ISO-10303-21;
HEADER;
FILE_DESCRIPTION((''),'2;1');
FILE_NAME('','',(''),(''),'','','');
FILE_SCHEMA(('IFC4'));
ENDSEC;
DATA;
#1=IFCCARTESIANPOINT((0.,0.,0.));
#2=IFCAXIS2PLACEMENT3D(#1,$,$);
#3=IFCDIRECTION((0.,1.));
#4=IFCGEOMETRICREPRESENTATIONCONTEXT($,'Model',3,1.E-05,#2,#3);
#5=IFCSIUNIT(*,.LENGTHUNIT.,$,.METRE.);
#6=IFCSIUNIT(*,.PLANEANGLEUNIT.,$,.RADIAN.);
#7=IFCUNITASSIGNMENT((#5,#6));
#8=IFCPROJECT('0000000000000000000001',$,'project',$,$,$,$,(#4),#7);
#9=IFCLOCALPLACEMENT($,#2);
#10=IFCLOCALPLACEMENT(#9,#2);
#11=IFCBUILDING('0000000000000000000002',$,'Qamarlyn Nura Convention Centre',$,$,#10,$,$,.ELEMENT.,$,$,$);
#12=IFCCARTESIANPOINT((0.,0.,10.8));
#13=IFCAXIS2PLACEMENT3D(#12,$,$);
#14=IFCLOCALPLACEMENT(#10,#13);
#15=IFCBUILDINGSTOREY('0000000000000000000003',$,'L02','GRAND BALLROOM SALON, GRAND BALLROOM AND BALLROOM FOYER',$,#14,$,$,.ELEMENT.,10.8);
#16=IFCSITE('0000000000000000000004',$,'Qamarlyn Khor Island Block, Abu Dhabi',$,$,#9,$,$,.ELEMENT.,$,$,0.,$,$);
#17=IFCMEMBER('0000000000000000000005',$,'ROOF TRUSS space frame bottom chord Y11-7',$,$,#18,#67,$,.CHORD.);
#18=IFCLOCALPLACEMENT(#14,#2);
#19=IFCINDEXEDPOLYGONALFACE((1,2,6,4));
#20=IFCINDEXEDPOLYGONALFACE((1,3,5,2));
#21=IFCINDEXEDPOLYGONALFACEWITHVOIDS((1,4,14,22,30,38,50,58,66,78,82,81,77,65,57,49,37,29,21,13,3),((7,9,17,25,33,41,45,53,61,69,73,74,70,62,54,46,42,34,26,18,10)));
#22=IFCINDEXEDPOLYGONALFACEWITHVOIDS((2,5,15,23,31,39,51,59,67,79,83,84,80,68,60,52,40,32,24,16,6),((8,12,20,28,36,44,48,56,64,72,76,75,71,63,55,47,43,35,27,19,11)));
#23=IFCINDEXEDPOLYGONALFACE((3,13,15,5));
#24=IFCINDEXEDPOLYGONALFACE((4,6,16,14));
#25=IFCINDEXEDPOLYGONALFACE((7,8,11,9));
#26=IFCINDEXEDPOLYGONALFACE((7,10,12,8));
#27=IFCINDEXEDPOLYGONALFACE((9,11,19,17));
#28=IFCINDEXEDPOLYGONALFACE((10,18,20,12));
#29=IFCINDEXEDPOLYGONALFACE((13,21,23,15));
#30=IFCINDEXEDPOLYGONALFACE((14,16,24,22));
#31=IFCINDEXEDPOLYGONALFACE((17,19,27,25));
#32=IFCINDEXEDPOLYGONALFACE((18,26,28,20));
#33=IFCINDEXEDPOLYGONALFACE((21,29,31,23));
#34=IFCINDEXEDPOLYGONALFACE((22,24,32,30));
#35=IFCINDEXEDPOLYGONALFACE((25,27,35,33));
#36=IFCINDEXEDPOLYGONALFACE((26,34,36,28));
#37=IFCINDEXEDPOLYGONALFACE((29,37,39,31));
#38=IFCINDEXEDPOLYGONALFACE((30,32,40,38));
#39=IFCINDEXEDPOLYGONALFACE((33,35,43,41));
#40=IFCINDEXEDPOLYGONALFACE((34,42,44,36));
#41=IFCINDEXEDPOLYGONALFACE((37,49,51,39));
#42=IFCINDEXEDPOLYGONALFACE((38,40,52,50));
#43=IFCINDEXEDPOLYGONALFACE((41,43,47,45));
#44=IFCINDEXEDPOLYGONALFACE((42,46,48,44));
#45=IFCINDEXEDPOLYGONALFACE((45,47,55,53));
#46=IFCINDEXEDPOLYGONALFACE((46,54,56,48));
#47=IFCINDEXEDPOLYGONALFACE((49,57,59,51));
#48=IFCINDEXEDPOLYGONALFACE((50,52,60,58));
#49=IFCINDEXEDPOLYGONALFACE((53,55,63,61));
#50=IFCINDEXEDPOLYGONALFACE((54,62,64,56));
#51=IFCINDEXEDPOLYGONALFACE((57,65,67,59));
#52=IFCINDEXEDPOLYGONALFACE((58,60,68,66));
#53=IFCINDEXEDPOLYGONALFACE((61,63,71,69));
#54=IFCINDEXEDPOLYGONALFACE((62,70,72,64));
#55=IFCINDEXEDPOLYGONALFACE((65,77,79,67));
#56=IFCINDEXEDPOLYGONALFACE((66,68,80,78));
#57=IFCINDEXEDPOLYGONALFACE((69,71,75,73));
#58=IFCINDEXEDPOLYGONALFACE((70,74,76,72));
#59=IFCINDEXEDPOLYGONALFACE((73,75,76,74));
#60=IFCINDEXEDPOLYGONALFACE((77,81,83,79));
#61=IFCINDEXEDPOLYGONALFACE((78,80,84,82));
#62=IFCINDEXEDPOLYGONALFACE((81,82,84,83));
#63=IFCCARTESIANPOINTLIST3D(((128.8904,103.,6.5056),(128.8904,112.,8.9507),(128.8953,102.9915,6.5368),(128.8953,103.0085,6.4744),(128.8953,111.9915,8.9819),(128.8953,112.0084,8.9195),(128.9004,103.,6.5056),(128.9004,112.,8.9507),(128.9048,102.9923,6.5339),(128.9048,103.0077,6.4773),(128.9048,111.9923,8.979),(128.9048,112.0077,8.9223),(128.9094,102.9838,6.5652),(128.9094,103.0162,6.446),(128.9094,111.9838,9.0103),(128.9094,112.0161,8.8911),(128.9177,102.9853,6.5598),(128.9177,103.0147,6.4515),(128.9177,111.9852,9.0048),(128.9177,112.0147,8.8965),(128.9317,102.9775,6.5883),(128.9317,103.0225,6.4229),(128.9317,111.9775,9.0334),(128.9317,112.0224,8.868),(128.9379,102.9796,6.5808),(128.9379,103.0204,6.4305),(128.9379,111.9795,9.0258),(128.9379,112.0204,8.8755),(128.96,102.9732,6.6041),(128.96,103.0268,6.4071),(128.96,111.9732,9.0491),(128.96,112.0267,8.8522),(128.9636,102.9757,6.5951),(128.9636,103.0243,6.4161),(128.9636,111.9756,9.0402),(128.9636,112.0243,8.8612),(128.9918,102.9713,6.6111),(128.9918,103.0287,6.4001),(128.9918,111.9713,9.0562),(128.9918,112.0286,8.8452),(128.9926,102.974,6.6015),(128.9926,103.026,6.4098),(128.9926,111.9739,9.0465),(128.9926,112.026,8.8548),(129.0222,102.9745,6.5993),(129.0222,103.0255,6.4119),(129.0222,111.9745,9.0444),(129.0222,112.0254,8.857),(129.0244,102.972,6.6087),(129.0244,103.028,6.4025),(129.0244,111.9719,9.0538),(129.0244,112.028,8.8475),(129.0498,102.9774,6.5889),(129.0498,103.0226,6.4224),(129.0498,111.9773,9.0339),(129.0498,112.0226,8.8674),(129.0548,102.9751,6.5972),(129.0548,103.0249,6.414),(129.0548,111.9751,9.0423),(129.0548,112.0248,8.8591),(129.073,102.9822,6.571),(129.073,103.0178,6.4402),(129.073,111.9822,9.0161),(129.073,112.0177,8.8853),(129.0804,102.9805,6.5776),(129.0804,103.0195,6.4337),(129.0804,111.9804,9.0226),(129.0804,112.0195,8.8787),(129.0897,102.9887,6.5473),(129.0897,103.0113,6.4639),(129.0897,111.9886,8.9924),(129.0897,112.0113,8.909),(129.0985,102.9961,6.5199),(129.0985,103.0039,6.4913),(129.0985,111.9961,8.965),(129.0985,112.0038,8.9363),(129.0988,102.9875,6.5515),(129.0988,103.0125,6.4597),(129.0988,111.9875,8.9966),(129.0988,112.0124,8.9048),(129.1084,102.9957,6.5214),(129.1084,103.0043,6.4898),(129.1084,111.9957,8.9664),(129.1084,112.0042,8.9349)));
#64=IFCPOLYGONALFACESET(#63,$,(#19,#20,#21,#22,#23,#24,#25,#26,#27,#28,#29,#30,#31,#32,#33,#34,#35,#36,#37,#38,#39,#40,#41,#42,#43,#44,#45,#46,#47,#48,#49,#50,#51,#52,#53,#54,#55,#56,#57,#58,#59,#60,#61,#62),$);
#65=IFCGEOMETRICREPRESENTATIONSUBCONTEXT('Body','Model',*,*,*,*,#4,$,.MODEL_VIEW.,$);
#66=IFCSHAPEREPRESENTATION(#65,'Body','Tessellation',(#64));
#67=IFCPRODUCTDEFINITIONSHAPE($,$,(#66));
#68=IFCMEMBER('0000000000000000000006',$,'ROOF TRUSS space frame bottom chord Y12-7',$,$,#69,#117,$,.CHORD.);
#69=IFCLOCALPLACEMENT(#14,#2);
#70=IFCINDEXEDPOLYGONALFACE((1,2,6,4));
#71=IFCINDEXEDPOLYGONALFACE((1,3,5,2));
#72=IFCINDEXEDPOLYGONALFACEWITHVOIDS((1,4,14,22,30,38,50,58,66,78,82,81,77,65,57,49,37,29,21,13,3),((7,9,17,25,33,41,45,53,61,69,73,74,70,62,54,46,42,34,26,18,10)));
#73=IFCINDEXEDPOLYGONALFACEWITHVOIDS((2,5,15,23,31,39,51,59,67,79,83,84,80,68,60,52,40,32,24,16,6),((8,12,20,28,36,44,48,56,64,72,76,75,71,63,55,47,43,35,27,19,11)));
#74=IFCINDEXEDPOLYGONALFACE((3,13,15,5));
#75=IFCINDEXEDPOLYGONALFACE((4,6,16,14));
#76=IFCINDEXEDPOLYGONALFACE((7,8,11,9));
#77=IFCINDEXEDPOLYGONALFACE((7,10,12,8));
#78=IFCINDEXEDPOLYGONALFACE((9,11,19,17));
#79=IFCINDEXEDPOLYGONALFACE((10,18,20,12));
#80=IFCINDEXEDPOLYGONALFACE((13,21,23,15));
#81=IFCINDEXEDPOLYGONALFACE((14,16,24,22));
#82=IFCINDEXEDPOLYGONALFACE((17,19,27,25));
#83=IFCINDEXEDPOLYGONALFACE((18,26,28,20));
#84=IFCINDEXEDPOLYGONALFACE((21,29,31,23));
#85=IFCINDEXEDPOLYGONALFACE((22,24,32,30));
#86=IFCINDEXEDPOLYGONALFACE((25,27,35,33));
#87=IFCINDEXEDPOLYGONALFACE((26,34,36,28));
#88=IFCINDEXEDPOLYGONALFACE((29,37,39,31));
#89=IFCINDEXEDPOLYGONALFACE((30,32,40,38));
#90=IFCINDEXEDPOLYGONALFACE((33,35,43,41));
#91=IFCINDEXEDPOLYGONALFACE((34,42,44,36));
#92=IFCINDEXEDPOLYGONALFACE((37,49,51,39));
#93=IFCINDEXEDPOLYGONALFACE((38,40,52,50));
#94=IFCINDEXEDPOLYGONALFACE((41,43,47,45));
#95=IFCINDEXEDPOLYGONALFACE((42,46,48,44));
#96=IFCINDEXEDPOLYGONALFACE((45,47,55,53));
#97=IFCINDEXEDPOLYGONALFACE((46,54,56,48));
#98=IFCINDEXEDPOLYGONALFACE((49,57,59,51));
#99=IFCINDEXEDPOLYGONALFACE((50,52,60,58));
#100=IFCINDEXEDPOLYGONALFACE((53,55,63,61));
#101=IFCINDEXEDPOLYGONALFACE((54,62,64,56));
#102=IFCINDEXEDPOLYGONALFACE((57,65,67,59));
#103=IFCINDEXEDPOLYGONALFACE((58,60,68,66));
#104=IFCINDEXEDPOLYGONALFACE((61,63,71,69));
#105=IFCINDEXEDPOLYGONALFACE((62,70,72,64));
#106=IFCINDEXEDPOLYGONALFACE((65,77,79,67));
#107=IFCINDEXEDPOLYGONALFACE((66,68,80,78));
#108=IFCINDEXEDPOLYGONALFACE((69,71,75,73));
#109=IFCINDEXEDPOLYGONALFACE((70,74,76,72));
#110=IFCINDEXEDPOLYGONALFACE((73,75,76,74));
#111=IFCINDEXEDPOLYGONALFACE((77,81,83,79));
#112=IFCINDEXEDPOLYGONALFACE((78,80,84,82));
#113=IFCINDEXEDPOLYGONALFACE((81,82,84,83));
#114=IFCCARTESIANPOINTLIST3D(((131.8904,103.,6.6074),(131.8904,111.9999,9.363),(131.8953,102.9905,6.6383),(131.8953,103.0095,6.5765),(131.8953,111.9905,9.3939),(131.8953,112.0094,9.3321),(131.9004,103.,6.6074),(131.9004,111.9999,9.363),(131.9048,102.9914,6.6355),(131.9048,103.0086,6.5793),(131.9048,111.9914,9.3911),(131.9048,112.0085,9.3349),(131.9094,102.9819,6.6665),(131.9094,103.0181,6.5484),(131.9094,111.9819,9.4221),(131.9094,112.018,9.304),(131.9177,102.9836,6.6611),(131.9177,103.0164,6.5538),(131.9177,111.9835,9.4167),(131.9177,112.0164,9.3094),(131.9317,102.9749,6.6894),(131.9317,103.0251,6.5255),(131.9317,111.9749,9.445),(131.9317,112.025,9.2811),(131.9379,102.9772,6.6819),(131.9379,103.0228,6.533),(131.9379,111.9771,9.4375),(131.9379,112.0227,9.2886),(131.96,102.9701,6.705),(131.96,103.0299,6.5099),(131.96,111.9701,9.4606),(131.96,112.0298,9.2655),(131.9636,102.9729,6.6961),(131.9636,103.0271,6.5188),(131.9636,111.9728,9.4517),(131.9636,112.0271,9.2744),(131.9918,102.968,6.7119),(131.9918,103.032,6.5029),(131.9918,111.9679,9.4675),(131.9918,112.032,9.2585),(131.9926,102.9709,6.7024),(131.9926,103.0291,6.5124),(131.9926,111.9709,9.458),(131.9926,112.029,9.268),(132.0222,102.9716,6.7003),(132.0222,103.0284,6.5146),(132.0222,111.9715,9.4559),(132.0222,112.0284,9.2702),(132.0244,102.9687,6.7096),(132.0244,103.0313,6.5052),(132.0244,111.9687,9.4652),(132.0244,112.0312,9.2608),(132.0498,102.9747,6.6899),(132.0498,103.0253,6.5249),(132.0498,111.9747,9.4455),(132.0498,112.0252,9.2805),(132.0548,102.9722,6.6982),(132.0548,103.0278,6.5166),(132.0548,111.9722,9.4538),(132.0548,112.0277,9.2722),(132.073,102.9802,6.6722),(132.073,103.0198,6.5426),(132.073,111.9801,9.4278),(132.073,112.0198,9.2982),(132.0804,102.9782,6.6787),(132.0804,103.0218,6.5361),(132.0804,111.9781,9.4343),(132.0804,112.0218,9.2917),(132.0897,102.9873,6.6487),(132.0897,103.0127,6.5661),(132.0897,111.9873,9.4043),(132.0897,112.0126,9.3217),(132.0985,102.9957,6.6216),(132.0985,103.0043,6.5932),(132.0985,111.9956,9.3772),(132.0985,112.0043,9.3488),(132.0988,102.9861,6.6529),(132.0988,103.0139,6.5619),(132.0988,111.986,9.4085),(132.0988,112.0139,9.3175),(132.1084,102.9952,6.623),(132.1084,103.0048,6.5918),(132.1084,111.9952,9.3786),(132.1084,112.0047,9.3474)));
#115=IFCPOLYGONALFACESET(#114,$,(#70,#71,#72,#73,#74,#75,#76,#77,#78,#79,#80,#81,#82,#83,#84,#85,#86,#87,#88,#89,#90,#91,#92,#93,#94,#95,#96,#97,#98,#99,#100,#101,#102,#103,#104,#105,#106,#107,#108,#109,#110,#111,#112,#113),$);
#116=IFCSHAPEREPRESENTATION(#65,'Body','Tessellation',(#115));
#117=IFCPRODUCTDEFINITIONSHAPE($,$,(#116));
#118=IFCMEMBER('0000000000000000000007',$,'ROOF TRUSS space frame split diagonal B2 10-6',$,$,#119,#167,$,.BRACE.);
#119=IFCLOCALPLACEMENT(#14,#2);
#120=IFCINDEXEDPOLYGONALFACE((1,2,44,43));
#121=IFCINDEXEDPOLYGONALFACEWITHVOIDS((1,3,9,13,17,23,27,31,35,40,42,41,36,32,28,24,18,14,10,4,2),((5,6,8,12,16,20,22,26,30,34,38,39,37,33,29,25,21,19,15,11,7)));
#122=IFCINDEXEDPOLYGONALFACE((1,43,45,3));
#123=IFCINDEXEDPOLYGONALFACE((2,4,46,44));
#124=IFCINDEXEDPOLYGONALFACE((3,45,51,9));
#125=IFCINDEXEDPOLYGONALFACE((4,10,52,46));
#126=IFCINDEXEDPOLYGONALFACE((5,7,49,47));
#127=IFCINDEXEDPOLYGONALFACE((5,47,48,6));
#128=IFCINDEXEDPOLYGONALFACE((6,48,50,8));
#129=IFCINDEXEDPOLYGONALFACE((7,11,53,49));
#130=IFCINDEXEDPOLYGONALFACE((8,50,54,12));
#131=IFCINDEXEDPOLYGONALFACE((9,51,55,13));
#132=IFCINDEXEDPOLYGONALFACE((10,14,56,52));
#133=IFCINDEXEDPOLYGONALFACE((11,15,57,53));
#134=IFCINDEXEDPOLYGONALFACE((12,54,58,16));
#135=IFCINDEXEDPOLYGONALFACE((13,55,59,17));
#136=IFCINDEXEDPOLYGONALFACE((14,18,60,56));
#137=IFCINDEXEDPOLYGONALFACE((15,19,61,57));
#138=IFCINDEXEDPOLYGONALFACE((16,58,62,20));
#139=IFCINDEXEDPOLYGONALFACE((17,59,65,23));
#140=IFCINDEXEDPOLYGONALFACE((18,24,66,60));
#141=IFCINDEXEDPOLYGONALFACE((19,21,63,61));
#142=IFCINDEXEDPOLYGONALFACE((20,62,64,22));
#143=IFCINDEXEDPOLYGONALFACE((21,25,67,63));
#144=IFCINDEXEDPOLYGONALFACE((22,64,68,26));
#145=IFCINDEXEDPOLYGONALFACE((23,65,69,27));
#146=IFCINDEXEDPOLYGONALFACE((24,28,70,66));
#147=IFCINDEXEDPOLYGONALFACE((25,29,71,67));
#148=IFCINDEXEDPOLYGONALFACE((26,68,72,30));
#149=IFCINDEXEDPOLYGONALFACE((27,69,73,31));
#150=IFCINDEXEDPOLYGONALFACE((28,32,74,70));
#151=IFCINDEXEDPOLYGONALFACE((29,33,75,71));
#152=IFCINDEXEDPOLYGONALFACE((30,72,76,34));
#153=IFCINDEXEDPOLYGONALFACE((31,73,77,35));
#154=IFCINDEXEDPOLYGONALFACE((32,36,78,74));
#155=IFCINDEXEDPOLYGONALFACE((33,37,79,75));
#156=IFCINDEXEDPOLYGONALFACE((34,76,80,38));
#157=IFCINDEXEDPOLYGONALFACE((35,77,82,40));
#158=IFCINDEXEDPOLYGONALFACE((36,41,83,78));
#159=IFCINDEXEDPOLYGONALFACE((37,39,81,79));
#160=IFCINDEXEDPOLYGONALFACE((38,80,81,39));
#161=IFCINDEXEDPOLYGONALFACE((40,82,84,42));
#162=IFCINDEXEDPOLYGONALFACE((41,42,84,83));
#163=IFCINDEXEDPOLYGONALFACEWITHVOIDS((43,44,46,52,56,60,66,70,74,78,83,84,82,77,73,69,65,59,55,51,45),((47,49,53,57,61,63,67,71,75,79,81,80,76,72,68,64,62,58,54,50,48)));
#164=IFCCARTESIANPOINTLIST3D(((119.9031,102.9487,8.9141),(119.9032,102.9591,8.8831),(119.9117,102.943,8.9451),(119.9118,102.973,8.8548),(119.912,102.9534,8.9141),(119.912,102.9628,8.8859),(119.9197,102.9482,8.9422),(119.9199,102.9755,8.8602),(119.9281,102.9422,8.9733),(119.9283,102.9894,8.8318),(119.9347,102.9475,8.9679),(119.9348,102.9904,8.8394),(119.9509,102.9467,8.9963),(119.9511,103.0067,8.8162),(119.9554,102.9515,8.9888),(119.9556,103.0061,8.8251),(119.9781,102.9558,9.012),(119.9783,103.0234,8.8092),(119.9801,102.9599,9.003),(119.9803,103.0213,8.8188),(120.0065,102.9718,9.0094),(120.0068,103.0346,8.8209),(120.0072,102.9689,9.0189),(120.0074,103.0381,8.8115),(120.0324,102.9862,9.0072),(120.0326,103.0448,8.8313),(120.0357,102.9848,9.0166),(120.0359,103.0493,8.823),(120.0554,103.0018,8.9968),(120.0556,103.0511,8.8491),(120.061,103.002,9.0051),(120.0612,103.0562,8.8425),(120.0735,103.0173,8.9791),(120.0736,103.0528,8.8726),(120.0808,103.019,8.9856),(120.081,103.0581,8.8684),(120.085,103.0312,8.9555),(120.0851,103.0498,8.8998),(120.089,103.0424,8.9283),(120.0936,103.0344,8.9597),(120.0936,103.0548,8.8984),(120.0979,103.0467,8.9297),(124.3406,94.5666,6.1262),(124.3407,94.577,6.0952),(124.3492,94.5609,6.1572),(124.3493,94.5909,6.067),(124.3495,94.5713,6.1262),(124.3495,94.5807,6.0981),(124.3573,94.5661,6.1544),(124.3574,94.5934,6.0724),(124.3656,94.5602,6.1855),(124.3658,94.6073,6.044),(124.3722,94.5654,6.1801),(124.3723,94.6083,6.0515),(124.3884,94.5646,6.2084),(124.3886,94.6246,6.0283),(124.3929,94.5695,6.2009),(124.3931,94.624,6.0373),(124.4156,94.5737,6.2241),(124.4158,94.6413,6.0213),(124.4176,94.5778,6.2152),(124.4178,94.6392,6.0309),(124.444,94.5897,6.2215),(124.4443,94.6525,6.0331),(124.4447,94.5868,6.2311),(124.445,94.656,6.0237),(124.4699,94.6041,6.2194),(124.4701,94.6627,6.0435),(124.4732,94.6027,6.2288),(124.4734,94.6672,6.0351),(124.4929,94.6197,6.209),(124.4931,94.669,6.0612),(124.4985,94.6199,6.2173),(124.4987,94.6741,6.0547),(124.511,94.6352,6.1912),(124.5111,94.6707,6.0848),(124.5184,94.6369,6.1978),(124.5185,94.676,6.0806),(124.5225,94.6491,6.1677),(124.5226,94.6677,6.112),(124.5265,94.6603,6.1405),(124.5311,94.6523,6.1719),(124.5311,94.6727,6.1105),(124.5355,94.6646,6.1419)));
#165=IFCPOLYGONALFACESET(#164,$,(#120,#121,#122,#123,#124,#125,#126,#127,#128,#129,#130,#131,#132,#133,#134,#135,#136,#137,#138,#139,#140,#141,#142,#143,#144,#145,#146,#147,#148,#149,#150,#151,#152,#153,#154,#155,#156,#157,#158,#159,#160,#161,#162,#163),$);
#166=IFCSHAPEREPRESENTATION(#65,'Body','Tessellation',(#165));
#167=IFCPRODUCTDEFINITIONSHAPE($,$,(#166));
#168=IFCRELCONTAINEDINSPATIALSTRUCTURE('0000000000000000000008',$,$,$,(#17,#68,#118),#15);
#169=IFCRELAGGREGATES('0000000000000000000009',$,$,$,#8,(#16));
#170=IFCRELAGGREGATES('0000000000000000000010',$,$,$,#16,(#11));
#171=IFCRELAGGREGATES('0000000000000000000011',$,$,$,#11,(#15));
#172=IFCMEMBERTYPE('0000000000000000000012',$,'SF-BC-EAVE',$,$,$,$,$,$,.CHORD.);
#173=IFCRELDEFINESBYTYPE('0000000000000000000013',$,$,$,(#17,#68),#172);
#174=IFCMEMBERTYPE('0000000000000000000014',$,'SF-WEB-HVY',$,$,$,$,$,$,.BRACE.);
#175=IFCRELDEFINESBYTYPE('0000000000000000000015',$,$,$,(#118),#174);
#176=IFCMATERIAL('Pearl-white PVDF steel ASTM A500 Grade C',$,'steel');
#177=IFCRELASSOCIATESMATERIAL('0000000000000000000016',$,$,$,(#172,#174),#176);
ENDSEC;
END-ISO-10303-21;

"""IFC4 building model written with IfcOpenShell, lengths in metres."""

from ifc_helpers import new_model, si_unit, direction, frame, origin, origin_2d, place, context, subcontext, project, spatial, hollow_circle, extrude, material, material_profile, profile_set, type_object, element, save


model = new_model("IFC4")

# Units and contexts
model_context = context("Model", 3, precision=1e-05, world=origin(), true_north=direction((0.0, 1.0)))
body_context = subcontext(model_context, "Body", "Model", "MODEL_VIEW")
ifc_project = project(units=[si_unit("LENGTHUNIT", "METRE"), si_unit("PLANEANGLEUNIT", "RADIAN")], contexts=[model_context])

# Site, building, storey
site_placement = place(None, origin())
site = spatial("IfcSite", under=ifc_project, at=site_placement, Name="Qamarlyn Khor Island Block, Abu Dhabi", CompositionType="ELEMENT", RefElevation=0.0)
building_placement = place(site_placement, origin())
building = spatial("IfcBuilding", under=site, at=building_placement, Name="Qamarlyn Nura Convention Centre", CompositionType="ELEMENT")
storey_placement = place(building_placement, frame((0.0, 0.0, 10.8)))
storey = spatial("IfcBuildingStorey", under=building, at=storey_placement, Name="L02", Description="GRAND BALLROOM SALON, GRAND BALLROOM AND BALLROOM FOYER", CompositionType="ELEMENT", Elevation=10.8)

# Members
ifc_material_1 = material(Name="Pearl-white PVDF steel ASTM A500 Grade C", Category="steel")
ifc_material_profile_1 = material_profile(ifc_material_1, hollow_circle(Radius=0.1096, WallThickness=0.01, at=origin_2d()), Name="CHS219.1X10")
ifc_profile_set_1 = profile_set([ifc_material_profile_1], Name="Pearl-white PVDF steel ASTM A500 Grade C")
member_type_1 = type_object("IfcMemberType", Name="SF-BC-EAVE", PredefinedType="CHORD", material=ifc_profile_set_1)
member_1_placement = place(storey_placement, frame((129.0, 103.0, 6.5056), z_axis=(0.0, 0.965021, 0.262171), x_axis=(-1.0, 0.0, 0.0)))
element("IfcMember", 1, at=member_1_placement, inside=storey, type_object=member_type_1, Name="ROOF TRUSS space frame bottom chord Y11-7", PredefinedType="CHORD", context=body_context, shape_type="SweptSolid", body=[
    extrude(hollow_circle(Radius=0.1096, WallThickness=0.01, at=origin_2d()), origin(), (0.0, 0.0, 1.0), 9.3262),
])
member_2_placement = place(storey_placement, frame((132.0, 103.0, 6.6074), z_axis=(0.0, 0.956185, 0.292764), x_axis=(-1.0, 0.0, 0.0)))
element("IfcMember", 2, at=member_2_placement, inside=storey, type_object=member_type_1, Name="ROOF TRUSS space frame bottom chord Y12-7", PredefinedType="CHORD", context=body_context, shape_type="SweptSolid", body=[
    extrude(hollow_circle(Radius=0.1096, WallThickness=0.01, at=origin_2d()), origin(), (0.0, 0.0, 1.0), 9.4124),
])
ifc_material_profile_2 = material_profile(ifc_material_1, hollow_circle(Radius=0.1096, WallThickness=0.01, at=origin_2d()), Name="CHS219.1X10")
ifc_profile_set_2 = profile_set([ifc_material_profile_2], Name="Pearl-white PVDF steel ASTM A500 Grade C")
member_type_2 = type_object("IfcMemberType", Name="SF-WEB-HVY", PredefinedType="BRACE", material=ifc_profile_set_2)
member_3_placement = place(storey_placement, frame((124.4375, 94.6179, 6.1262), z_axis=(-0.448891, 0.847918, 0.282014), x_axis=(-0.883791, -0.467882, 0.0)))
element("IfcMember", 3, at=member_3_placement, inside=storey, type_object=member_type_2, Name="ROOF TRUSS space frame split diagonal B2 10-6", PredefinedType="BRACE", context=body_context, shape_type="SweptSolid", body=[
    extrude(hollow_circle(Radius=0.1096, WallThickness=0.01, at=origin_2d()), origin(), (0.0, 0.0, 1.0), 9.8855),
])

save(model, "model.ifc")
